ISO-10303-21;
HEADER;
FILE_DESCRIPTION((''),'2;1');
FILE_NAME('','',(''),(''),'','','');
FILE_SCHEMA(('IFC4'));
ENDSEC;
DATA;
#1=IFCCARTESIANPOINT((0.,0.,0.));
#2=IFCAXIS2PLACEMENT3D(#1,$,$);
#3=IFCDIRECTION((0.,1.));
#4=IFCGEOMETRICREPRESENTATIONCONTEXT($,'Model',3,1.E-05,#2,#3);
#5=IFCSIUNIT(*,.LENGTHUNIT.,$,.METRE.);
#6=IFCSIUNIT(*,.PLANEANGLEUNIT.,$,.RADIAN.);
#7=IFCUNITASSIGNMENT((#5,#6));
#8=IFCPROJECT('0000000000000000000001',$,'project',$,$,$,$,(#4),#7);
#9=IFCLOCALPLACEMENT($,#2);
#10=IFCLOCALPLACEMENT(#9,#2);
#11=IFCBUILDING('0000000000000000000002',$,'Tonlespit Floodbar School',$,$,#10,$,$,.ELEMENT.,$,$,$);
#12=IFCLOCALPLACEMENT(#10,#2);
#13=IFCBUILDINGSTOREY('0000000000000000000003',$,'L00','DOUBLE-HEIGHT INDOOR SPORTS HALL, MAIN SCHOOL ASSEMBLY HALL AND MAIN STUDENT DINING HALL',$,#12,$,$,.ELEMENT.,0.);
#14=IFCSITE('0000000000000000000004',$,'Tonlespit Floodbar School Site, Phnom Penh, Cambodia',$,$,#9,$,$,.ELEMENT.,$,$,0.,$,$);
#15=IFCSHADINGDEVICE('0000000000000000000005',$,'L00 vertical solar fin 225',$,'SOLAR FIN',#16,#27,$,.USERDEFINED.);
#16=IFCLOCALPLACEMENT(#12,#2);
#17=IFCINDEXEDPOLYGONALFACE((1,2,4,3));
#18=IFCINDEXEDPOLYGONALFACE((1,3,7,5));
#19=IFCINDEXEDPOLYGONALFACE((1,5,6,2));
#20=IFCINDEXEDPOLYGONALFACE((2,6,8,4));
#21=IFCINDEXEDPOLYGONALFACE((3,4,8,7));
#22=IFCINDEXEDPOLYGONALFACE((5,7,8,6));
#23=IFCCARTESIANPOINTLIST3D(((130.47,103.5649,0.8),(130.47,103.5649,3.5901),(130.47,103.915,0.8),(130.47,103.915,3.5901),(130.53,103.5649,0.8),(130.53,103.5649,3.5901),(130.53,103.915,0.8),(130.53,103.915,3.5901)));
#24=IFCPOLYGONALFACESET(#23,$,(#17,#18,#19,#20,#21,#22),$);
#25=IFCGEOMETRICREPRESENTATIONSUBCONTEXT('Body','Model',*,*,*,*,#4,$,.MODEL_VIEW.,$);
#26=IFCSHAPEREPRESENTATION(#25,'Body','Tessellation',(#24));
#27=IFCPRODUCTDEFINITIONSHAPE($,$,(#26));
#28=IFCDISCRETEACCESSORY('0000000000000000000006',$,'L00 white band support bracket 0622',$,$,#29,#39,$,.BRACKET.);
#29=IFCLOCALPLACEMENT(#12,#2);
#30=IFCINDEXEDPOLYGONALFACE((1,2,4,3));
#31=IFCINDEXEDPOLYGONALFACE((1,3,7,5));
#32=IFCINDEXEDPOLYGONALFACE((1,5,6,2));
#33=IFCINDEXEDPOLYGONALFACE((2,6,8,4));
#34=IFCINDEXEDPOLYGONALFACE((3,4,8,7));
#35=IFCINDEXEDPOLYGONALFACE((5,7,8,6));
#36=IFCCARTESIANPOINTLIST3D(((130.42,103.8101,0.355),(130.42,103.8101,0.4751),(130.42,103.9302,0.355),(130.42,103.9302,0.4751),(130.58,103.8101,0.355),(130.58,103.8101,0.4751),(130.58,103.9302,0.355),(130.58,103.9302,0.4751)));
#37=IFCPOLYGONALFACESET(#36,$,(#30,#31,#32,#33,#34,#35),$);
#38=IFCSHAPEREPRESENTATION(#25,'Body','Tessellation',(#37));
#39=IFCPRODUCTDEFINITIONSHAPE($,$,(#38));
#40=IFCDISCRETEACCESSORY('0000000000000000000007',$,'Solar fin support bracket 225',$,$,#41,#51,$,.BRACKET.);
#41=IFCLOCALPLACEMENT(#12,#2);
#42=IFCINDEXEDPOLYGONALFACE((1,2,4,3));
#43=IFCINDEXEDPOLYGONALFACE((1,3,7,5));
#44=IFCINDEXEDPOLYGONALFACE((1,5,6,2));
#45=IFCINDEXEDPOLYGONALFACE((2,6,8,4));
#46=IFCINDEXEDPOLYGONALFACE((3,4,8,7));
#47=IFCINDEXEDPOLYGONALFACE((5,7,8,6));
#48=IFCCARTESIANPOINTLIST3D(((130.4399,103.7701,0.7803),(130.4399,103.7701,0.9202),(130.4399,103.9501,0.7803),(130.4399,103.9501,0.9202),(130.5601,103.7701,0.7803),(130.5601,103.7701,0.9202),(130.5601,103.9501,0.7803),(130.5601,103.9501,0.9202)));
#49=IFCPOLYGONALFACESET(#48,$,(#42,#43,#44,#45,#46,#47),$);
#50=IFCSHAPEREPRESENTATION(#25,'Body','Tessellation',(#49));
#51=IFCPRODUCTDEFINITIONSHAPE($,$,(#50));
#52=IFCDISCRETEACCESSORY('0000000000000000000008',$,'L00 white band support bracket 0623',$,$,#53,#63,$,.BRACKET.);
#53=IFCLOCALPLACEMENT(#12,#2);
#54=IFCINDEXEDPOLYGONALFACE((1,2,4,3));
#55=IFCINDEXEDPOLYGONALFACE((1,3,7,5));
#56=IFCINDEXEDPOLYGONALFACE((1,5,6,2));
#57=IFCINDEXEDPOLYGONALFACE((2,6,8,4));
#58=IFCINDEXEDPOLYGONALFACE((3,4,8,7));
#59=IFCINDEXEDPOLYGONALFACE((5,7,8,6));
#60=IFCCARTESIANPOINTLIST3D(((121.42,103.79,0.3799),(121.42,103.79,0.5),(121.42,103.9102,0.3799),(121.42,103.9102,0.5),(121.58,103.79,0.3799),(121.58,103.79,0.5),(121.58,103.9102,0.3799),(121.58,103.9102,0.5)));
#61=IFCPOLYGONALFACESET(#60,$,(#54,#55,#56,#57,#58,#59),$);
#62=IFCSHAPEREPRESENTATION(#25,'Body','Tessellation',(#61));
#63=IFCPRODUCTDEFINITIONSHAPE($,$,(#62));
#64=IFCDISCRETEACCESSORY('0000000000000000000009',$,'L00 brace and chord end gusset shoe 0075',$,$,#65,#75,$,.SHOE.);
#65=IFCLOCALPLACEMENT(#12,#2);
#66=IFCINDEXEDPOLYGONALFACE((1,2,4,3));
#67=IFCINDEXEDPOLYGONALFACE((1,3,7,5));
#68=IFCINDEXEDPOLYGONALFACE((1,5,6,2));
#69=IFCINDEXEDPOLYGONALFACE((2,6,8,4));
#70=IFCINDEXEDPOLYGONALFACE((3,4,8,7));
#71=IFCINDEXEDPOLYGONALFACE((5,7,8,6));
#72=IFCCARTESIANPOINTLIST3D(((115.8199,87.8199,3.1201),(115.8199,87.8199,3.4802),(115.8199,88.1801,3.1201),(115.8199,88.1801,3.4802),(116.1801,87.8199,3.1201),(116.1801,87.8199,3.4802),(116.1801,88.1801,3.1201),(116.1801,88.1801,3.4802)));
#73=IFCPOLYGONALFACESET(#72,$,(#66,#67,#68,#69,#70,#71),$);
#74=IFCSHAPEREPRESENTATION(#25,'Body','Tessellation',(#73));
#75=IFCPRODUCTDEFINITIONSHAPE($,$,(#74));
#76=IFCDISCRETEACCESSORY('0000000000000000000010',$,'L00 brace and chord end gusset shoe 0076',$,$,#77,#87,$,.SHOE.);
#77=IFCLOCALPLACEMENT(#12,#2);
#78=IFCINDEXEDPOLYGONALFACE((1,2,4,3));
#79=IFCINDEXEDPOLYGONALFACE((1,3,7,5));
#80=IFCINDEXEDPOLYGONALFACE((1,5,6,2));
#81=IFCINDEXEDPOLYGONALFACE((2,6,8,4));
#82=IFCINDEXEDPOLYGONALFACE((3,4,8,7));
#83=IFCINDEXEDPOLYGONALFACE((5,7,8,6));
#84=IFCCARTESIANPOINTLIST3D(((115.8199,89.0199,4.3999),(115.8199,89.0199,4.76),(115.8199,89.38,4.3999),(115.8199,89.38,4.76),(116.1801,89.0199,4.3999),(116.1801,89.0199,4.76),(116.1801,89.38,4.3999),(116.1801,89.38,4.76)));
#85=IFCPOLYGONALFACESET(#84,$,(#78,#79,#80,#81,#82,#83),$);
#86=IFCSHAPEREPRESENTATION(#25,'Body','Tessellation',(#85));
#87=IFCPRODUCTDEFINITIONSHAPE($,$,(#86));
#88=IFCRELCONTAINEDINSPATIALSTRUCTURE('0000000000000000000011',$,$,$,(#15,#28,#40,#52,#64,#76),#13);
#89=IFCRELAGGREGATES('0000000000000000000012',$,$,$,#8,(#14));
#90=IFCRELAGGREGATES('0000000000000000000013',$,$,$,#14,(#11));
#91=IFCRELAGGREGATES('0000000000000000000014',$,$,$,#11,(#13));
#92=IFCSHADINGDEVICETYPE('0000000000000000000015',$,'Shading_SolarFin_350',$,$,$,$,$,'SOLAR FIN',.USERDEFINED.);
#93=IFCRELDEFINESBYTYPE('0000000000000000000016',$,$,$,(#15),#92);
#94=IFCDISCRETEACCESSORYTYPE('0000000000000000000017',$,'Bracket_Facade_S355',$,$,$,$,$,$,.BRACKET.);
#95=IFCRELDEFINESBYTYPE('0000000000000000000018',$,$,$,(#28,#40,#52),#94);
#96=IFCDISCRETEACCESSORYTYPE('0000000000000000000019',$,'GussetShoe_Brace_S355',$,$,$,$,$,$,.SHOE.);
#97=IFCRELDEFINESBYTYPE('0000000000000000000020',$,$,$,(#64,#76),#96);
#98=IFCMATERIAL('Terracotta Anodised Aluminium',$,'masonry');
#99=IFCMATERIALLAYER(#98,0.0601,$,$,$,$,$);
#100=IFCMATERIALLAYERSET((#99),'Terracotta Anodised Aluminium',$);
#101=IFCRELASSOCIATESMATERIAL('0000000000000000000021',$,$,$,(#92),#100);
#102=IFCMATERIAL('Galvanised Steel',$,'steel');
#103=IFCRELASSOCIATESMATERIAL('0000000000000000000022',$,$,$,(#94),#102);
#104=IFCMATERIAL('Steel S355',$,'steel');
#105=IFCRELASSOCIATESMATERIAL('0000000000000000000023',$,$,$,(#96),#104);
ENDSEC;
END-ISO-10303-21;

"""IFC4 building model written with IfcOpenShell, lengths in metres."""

from ifc_helpers import new_model, si_unit, direction, frame, origin, origin_2d, place, context, subcontext, project, spatial, rectangle, extrude, material, layer, layer_set, type_object, element, save


model = new_model("IFC4")

# Units and contexts
model_context = context("Model", 3, precision=1e-05, world=origin(), true_north=direction((0.0, 1.0)))
body_context = subcontext(model_context, "Body", "Model", "MODEL_VIEW")
ifc_project = project(units=[si_unit("LENGTHUNIT", "METRE"), si_unit("PLANEANGLEUNIT", "RADIAN")], contexts=[model_context])

# Site, building, storey
site_placement = place(None, origin())
site = spatial("IfcSite", under=ifc_project, at=site_placement, Name="Tonlespit Floodbar School Site, Phnom Penh, Cambodia", CompositionType="ELEMENT", RefElevation=0.0)
building_placement = place(site_placement, origin())
building = spatial("IfcBuilding", under=site, at=building_placement, Name="Tonlespit Floodbar School", CompositionType="ELEMENT")
storey_placement = place(building_placement, origin())
storey = spatial("IfcBuildingStorey", under=building, at=storey_placement, Name="L00", Description="DOUBLE-HEIGHT INDOOR SPORTS HALL, MAIN SCHOOL ASSEMBLY HALL AND MAIN STUDENT DINING HALL", CompositionType="ELEMENT", Elevation=0.0)

# Shared definitions
ifc_material_1 = material(Name="Steel S355", Category="steel")

# Shared definitions
ifc_material_2 = material(Name="Galvanised Steel", Category="steel")

# Shading device
ifc_material_3 = material(Name="Terracotta Anodised Aluminium", Category="masonry")
ifc_layer_1 = layer(ifc_material_3, 0.0601)
ifc_layer_set_1 = layer_set([ifc_layer_1], Name="Terracotta Anodised Aluminium")
shading_device_type = type_object("IfcShadingDeviceType", Name="Shading_SolarFin_350", ElementType="SOLAR FIN", PredefinedType="USERDEFINED", material=ifc_layer_set_1)
shading_device_placement = place(storey_placement, frame((130.5, 103.74, 0.8), z_axis=(0.0, 0.0, 1.0), x_axis=(-1.0, 0.0, 0.0)))
element("IfcShadingDevice", 1, at=shading_device_placement, inside=storey, type_object=shading_device_type, Name="L00 vertical solar fin 225", ObjectType="SOLAR FIN", PredefinedType="USERDEFINED", context=body_context, shape_type="SweptSolid", body=[
    extrude(rectangle(XDim=0.0601, YDim=0.3501, at=origin_2d()), origin(), (0.0, 0.0, 1.0), 2.79),
])

# Discrete accessories
discrete_accessory_type_1 = type_object("IfcDiscreteAccessoryType", Name="Bracket_Facade_S355", PredefinedType="BRACKET", material=ifc_material_2)
discrete_accessory_1_placement = place(storey_placement, frame((130.5, 103.8701, 0.355), z_axis=(0.0, 0.0, 1.0), x_axis=(-1.0, 0.0, 0.0)))
element("IfcDiscreteAccessory", 2, at=discrete_accessory_1_placement, inside=storey, type_object=discrete_accessory_type_1, Name="L00 white band support bracket 0622", PredefinedType="BRACKET", context=body_context, shape_type="SweptSolid", body=[
    extrude(rectangle(XDim=0.1599, YDim=0.1201, at=origin_2d()), origin(), (0.0, 0.0, 1.0), 0.1201),
])
discrete_accessory_2_placement = place(storey_placement, frame((130.5, 103.8601, 0.7803), z_axis=(0.0, 0.0, 1.0), x_axis=(-1.0, 0.0, 0.0)))
element("IfcDiscreteAccessory", 3, at=discrete_accessory_2_placement, inside=storey, type_object=discrete_accessory_type_1, Name="Solar fin support bracket 225", PredefinedType="BRACKET", context=body_context, shape_type="SweptSolid", body=[
    extrude(rectangle(XDim=0.1201, YDim=0.1799, at=origin_2d()), origin(), (0.0, 0.0, 1.0), 0.1399),
])
discrete_accessory_3_placement = place(storey_placement, frame((121.5, 103.8501, 0.3799), z_axis=(0.0, 0.0, 1.0), x_axis=(-1.0, 0.0, 0.0)))
element("IfcDiscreteAccessory", 4, at=discrete_accessory_3_placement, inside=storey, type_object=discrete_accessory_type_1, Name="L00 white band support bracket 0623", PredefinedType="BRACKET", context=body_context, shape_type="SweptSolid", body=[
    extrude(rectangle(XDim=0.1599, YDim=0.1201, at=origin_2d()), origin(), (0.0, 0.0, 1.0), 0.1201),
])
discrete_accessory_type_2 = type_object("IfcDiscreteAccessoryType", Name="GussetShoe_Brace_S355", PredefinedType="SHOE", material=ifc_material_1)
for number, where, z_axis, x_axis, name in (
    (5, (116.0, 88.0, 3.1201), (0.0, 0.0, 1.0), (1.0, 0.0, 0.0), "L00 brace and chord end gusset shoe 0075"),
    (6, (116.0, 89.2, 4.3999), (0.0, 0.0, 1.0), (1.0, 0.0, 0.0), "L00 brace and chord end gusset shoe 0076"),
):
    element("IfcDiscreteAccessory", number, at=place(storey_placement, frame(where, z_axis=z_axis, x_axis=x_axis)), inside=storey, type_object=discrete_accessory_type_2, Name=name, PredefinedType="SHOE", context=body_context, shape_type="SweptSolid", body=[
        extrude(rectangle(XDim=0.3601, YDim=0.3601, at=origin_2d()), origin(), (0.0, 0.0, 1.0), 0.3601),
    ])

save(model, "model.ifc")
